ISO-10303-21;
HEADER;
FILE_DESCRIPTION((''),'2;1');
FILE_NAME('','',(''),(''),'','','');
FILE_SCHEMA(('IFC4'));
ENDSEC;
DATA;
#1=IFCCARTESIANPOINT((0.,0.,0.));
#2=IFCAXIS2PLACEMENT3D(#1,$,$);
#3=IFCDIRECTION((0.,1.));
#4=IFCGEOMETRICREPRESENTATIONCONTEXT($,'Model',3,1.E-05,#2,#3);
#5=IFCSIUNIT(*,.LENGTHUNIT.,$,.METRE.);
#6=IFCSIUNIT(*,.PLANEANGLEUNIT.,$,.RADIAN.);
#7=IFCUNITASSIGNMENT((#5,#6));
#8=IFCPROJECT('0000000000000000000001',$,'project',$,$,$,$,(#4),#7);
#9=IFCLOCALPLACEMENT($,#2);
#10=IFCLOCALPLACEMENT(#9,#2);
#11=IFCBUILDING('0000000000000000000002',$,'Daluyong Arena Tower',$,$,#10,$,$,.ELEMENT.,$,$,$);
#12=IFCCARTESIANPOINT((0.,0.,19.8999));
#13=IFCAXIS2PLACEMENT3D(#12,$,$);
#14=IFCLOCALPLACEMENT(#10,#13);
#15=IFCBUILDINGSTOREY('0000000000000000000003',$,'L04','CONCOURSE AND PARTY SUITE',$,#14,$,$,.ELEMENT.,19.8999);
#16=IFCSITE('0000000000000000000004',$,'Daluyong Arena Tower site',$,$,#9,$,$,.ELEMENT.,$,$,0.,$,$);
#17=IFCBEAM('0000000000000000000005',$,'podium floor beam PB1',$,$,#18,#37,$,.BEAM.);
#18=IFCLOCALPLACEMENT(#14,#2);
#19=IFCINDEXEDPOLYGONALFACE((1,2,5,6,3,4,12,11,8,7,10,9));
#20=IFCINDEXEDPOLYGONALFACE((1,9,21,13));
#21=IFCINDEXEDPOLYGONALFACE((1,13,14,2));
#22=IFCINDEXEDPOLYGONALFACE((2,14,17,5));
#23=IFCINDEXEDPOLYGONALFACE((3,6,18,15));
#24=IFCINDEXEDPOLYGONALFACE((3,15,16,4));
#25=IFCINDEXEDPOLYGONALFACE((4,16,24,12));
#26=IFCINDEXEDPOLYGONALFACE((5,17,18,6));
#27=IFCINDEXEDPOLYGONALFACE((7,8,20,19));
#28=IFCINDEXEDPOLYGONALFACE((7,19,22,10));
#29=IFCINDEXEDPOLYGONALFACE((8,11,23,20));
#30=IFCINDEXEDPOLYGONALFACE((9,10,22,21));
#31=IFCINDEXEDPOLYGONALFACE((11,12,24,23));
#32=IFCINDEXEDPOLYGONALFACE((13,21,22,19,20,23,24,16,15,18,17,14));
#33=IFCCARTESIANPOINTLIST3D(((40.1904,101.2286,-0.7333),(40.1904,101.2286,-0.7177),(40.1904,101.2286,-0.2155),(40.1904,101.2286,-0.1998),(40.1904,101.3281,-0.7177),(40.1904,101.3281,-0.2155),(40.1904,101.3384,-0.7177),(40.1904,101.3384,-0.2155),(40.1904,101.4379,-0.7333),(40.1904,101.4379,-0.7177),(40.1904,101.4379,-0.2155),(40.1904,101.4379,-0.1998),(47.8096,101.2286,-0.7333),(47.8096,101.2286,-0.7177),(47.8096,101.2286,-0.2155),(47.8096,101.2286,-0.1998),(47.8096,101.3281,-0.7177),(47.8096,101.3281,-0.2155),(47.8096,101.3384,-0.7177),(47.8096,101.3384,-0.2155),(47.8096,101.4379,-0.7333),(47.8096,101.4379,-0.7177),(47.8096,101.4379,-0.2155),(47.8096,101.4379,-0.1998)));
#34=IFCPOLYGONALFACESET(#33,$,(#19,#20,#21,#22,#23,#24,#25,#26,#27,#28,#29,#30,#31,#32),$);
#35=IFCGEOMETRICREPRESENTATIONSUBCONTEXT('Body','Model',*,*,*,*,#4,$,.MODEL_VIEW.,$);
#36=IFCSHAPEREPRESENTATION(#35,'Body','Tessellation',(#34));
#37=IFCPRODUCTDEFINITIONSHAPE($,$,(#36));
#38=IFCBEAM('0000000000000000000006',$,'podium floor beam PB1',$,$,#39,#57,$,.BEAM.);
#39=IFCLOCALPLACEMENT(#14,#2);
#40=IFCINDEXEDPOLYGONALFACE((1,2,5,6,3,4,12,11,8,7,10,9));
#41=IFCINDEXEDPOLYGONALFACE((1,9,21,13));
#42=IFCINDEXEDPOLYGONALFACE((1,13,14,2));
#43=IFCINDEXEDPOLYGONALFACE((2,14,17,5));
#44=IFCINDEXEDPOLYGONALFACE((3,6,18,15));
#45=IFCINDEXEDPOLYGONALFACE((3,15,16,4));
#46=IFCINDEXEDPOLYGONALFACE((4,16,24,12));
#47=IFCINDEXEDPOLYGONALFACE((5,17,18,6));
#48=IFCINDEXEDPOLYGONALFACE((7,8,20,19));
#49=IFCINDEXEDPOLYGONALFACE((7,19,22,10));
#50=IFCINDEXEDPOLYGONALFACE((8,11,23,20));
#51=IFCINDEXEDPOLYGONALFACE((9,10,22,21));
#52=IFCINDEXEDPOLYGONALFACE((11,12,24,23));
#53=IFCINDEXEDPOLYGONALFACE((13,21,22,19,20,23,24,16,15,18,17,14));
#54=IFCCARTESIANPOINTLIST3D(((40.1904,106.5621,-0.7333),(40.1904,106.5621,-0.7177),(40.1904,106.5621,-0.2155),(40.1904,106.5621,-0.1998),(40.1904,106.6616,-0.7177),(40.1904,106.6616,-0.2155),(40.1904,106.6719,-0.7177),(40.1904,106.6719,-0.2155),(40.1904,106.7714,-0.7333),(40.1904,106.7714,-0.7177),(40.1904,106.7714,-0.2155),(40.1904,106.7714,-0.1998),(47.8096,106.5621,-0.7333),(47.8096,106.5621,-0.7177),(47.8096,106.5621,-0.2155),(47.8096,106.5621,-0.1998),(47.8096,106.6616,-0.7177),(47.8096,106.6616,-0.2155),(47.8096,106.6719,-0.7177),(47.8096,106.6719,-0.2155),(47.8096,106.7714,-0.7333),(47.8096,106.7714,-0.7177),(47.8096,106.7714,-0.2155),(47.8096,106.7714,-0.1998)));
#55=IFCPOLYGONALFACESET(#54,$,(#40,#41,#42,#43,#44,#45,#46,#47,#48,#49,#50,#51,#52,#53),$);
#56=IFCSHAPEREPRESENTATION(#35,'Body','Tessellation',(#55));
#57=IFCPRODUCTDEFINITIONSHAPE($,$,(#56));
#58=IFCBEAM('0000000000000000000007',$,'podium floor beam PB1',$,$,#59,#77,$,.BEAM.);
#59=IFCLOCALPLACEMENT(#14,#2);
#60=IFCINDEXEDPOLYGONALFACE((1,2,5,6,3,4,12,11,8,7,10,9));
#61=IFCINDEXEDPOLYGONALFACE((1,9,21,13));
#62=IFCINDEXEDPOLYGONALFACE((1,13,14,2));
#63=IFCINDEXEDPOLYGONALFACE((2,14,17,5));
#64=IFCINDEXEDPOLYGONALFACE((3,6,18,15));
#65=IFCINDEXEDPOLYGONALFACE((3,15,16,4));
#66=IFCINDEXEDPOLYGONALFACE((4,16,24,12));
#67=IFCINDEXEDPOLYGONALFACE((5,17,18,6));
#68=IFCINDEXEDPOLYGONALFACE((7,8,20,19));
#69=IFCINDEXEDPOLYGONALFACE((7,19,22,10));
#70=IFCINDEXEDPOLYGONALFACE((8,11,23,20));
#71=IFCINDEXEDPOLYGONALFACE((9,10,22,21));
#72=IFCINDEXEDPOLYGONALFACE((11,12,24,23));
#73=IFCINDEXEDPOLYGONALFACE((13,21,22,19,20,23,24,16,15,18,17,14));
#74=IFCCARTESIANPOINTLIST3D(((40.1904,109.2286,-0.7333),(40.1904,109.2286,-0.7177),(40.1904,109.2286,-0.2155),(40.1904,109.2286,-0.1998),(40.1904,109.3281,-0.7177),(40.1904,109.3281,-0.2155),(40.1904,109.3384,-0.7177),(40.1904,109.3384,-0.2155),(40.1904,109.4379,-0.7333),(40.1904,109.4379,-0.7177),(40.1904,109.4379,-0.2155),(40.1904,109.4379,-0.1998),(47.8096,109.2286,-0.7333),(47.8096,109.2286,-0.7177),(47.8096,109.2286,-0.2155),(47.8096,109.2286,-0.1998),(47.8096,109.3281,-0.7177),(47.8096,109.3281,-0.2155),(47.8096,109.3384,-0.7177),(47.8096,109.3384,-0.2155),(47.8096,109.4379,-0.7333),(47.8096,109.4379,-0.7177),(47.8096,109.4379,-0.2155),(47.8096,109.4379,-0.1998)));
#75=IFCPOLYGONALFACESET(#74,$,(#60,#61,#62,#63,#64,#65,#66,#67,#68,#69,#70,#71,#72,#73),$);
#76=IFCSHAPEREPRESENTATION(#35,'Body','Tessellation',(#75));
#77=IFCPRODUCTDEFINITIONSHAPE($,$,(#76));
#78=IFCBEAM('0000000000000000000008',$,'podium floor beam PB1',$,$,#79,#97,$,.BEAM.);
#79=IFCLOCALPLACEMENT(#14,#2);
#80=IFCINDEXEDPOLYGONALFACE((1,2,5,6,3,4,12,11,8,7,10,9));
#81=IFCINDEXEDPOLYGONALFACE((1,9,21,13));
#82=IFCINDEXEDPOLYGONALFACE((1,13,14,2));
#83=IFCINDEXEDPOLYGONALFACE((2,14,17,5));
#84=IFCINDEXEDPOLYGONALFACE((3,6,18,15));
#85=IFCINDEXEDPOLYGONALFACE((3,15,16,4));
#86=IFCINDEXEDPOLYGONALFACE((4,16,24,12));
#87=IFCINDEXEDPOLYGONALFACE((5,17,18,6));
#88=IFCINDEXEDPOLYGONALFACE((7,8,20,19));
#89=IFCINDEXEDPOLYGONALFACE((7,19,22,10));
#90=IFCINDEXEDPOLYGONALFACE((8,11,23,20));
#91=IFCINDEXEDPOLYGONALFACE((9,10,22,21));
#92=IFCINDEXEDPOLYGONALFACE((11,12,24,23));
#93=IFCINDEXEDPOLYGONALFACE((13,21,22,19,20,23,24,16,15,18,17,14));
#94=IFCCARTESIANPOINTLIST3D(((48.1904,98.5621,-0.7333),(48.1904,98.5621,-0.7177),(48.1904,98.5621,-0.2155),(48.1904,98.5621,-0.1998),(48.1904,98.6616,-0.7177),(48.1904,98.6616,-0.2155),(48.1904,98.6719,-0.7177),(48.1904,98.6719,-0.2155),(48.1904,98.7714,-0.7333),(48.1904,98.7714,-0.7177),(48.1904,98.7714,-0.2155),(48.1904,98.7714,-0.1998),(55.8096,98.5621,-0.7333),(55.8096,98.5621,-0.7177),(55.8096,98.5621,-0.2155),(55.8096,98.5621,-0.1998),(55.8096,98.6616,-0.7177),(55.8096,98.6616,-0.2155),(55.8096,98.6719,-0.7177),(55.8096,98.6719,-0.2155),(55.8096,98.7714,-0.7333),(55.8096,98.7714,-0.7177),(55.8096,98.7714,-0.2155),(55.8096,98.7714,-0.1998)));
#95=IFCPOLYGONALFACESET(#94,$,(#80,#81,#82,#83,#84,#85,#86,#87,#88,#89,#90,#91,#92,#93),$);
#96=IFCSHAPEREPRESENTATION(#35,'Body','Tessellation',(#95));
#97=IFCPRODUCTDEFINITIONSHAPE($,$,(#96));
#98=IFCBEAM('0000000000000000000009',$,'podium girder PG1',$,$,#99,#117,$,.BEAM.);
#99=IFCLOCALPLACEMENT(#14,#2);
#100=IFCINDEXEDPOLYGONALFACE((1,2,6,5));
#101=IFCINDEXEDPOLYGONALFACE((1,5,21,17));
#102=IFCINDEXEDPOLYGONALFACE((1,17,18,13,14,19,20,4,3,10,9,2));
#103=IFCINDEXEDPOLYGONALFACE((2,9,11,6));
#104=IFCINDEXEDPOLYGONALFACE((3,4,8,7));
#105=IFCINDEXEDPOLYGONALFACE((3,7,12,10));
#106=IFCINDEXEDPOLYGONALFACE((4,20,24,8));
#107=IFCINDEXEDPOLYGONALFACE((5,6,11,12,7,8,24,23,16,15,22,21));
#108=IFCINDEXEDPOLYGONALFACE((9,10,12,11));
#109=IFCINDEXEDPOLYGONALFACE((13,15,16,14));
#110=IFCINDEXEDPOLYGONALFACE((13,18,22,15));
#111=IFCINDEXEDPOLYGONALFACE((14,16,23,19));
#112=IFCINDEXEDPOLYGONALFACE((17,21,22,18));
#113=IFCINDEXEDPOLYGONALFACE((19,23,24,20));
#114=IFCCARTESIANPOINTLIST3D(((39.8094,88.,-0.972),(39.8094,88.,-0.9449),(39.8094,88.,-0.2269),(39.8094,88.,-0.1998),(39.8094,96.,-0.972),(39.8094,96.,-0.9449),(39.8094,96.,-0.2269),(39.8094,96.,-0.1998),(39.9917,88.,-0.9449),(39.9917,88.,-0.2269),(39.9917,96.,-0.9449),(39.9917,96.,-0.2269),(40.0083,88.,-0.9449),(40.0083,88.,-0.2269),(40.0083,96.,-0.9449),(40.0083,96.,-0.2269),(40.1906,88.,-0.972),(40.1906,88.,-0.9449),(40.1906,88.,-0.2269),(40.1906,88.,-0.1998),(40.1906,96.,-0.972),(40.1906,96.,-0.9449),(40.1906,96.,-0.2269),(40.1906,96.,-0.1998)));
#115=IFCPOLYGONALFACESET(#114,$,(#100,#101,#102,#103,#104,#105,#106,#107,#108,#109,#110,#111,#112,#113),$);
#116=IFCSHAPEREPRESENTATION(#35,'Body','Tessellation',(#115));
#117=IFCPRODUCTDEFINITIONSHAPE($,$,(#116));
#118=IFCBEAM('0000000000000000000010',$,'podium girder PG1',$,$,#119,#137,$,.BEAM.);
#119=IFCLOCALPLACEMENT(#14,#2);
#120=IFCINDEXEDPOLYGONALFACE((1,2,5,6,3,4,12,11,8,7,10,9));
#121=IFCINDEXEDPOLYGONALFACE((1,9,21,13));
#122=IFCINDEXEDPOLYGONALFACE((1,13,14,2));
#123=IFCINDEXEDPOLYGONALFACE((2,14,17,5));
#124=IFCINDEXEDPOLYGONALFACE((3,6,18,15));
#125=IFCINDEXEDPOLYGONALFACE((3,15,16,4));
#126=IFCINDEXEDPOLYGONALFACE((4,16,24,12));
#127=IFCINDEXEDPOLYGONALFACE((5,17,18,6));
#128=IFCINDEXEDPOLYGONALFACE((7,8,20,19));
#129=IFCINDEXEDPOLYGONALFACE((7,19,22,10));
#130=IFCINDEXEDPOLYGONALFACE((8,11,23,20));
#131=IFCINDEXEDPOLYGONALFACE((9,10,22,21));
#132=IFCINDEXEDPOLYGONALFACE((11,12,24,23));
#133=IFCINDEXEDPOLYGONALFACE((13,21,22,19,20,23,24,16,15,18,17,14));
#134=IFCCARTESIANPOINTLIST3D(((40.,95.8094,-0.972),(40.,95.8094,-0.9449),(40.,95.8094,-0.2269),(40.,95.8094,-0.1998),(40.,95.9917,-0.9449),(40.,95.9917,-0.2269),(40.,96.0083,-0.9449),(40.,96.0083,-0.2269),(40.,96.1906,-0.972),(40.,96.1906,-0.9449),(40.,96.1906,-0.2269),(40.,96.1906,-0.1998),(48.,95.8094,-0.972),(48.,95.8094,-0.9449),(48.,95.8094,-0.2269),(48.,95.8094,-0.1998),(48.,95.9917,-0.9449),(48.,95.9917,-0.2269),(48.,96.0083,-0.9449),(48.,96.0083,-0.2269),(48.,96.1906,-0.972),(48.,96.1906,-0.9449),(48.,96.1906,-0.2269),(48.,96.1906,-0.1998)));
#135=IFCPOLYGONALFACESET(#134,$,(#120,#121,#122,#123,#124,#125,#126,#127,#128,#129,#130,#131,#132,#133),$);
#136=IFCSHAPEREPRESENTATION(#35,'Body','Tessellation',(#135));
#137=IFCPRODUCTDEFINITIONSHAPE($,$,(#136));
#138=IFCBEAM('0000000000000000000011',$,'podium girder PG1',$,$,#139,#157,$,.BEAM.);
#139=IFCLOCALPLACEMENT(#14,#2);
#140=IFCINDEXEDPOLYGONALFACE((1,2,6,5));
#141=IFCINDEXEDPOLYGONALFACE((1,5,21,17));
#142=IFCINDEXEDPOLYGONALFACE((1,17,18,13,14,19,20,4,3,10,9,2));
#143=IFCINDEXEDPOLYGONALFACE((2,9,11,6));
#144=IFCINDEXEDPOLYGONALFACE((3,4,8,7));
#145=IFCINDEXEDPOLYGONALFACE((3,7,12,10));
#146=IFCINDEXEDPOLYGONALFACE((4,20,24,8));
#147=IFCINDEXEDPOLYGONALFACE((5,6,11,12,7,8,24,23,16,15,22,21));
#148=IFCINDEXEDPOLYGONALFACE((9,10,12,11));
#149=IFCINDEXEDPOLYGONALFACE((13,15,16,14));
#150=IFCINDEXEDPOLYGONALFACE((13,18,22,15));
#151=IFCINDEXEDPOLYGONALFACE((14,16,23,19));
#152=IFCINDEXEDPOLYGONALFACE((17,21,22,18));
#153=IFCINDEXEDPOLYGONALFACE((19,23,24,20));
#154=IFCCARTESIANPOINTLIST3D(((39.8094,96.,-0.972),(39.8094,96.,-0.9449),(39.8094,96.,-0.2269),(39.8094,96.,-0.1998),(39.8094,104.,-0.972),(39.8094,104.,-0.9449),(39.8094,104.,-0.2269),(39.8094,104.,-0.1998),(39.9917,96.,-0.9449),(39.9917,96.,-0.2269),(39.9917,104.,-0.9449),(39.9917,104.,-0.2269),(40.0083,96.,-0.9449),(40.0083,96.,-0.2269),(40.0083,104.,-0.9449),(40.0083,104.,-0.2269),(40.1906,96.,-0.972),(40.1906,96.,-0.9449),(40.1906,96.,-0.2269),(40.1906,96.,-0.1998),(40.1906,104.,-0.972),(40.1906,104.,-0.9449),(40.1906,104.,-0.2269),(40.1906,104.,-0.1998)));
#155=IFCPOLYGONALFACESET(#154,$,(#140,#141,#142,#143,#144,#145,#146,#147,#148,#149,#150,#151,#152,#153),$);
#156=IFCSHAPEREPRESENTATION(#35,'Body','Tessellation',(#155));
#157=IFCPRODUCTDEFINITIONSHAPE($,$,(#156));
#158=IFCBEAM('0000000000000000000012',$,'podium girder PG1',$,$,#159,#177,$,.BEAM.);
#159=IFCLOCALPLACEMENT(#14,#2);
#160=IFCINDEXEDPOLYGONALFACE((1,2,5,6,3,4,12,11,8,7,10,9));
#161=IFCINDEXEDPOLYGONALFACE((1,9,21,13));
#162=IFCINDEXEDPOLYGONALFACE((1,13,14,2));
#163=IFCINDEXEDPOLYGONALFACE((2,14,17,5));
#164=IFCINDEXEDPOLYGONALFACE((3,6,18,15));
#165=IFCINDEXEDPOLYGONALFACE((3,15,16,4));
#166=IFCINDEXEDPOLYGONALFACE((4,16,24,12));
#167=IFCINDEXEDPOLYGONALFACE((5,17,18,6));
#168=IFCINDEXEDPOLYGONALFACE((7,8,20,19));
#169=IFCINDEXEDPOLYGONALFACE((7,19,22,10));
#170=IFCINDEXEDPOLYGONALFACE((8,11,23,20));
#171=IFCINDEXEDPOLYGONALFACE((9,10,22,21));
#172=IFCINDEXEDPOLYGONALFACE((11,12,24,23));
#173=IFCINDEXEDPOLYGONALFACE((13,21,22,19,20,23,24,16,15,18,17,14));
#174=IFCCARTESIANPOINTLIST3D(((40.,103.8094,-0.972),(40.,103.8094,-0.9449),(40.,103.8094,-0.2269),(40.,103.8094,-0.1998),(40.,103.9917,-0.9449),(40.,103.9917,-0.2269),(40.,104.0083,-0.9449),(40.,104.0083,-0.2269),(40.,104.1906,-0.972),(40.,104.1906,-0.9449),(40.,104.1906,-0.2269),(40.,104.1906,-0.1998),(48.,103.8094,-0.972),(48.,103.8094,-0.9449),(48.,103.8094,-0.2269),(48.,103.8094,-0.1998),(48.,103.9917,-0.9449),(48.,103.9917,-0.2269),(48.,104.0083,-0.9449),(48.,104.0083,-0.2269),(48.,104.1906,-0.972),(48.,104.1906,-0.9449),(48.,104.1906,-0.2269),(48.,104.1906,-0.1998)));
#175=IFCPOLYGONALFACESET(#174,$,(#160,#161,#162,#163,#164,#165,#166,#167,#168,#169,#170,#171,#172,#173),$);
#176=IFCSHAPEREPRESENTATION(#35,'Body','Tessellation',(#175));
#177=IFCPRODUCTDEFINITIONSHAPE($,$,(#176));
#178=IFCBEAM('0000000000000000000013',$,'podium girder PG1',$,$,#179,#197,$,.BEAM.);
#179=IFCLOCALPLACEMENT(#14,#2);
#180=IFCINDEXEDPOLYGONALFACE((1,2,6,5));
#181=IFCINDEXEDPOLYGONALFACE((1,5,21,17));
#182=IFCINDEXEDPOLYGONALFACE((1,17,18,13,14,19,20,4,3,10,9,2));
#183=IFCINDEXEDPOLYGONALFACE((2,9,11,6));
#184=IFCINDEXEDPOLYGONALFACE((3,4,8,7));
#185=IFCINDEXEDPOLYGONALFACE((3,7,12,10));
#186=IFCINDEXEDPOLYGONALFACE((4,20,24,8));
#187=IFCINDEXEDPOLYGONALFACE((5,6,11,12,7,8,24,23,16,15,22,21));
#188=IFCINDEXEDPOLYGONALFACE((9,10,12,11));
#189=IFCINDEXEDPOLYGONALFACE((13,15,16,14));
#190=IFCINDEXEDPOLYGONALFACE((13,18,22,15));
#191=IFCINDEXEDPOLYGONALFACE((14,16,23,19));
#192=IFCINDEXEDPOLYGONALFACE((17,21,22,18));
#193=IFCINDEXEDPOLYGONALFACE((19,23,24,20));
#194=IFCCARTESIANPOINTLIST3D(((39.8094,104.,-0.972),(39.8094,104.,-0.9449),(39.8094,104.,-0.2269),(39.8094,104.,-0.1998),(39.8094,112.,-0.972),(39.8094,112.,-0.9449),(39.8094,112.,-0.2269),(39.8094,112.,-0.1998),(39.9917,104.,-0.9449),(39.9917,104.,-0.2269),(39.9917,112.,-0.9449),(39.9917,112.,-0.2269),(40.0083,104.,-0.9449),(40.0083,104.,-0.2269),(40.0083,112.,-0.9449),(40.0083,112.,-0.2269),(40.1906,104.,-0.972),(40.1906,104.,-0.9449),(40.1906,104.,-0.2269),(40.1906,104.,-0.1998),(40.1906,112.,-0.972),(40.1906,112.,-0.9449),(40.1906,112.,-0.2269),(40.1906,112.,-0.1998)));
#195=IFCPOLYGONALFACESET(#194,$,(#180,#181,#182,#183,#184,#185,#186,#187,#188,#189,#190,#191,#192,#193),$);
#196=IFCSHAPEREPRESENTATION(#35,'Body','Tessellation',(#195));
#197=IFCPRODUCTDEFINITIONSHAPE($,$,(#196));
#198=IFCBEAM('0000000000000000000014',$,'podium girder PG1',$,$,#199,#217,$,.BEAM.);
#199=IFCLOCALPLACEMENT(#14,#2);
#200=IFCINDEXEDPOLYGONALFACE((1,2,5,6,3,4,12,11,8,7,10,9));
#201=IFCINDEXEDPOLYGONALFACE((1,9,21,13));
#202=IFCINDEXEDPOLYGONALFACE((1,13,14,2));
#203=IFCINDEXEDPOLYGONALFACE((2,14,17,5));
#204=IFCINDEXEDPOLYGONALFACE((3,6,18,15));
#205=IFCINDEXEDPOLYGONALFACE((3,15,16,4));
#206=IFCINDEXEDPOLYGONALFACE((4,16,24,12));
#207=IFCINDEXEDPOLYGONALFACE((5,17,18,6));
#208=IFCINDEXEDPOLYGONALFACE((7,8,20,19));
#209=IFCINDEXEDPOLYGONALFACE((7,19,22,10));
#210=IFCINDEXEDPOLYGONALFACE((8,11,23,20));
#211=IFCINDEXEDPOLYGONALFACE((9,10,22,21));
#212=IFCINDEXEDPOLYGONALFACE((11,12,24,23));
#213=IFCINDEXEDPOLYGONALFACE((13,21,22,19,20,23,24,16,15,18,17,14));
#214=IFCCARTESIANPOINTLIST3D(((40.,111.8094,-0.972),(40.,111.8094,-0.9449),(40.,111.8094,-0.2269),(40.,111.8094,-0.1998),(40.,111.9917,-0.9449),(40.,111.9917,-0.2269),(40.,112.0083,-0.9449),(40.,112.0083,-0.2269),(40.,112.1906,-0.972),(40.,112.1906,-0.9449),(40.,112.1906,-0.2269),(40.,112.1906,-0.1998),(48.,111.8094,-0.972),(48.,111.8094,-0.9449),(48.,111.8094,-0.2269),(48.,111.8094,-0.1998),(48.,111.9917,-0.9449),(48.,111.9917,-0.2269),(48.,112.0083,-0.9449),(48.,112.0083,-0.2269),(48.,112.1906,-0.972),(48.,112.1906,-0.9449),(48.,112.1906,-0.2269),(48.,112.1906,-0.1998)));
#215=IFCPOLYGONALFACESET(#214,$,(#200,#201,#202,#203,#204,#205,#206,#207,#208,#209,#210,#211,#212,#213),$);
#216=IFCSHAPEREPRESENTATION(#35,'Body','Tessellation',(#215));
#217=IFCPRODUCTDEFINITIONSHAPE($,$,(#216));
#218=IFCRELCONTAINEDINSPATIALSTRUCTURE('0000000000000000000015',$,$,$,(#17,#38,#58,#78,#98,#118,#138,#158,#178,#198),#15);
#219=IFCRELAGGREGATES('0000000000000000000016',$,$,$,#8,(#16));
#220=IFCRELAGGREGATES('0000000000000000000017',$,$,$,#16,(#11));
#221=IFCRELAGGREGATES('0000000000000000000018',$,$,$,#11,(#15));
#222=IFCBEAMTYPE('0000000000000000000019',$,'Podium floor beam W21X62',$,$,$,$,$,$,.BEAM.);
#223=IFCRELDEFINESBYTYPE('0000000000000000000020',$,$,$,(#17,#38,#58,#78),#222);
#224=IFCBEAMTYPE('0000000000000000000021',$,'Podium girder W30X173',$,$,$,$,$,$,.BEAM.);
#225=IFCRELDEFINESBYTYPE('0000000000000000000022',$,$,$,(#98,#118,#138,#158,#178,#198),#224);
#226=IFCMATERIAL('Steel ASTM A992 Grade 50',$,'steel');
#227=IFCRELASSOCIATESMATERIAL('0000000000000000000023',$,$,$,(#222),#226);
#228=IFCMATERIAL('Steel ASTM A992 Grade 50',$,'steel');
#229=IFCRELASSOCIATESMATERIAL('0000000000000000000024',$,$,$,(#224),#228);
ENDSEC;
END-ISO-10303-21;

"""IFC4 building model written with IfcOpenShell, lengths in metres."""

from ifc_helpers import new_model, si_unit, direction, frame, origin, origin_2d, place, context, subcontext, project, spatial, i_section, extrude, material, material_profile, profile_set, type_object, element, save


model = new_model("IFC4")

# Units and contexts
model_context = context("Model", 3, precision=1e-05, world=origin(), true_north=direction((0.0, 1.0)))
body_context = subcontext(model_context, "Body", "Model", "MODEL_VIEW")
ifc_project = project(units=[si_unit("LENGTHUNIT", "METRE"), si_unit("PLANEANGLEUNIT", "RADIAN")], contexts=[model_context])

# Site, building, storey
site_placement = place(None, origin())
site = spatial("IfcSite", under=ifc_project, at=site_placement, Name="Daluyong Arena Tower site", CompositionType="ELEMENT", RefElevation=0.0)
building_placement = place(site_placement, origin())
building = spatial("IfcBuilding", under=site, at=building_placement, Name="Daluyong Arena Tower", CompositionType="ELEMENT")
storey_placement = place(building_placement, frame((0.0, 0.0, 19.8999)))
storey = spatial("IfcBuildingStorey", under=building, at=storey_placement, Name="L04", Description="CONCOURSE AND PARTY SUITE", CompositionType="ELEMENT", Elevation=19.8999)

# Beams
ifc_material_1 = material(Name="Steel ASTM A992 Grade 50", Category="steel")
ifc_material_profile_1 = material_profile(ifc_material_1, i_section(OverallWidth=0.2092, OverallDepth=0.5334, WebThickness=0.0103, FlangeThickness=0.0156, at=origin_2d()))
ifc_profile_set_1 = profile_set([ifc_material_profile_1], Name="Steel ASTM A992 Grade 50")
beam_type_1 = type_object("IfcBeamType", Name="Podium floor beam W21X62", PredefinedType="BEAM", material=ifc_profile_set_1)
for number, where, z_axis, x_axis, name in (
    (1, (40.1904, 101.3333, -0.4666), (1.0, 0.0, 0.0), (0.0, 1.0, 0.0), "podium floor beam PB1"),
    (2, (40.1904, 106.6667, -0.4666), (1.0, 0.0, 0.0), (0.0, 1.0, 0.0), "podium floor beam PB1"),
    (3, (40.1904, 109.3333, -0.4666), (1.0, 0.0, 0.0), (0.0, 1.0, 0.0), "podium floor beam PB1"),
    (4, (48.1904, 98.6667, -0.4666), (1.0, 0.0, 0.0), (0.0, 1.0, 0.0), "podium floor beam PB1"),
):
    element("IfcBeam", number, at=place(storey_placement, frame(where, z_axis=z_axis, x_axis=x_axis)), inside=storey, type_object=beam_type_1, Name=name, PredefinedType="BEAM", context=body_context, shape_type="SweptSolid", body=[
        extrude(i_section(OverallWidth=0.2092, OverallDepth=0.5334, WebThickness=0.0103, FlangeThickness=0.0156, at=origin_2d()), origin(), (0.0, 0.0, 1.0), 7.6191),
    ])
ifc_material_2 = material(Name="Steel ASTM A992 Grade 50", Category="steel")
ifc_material_profile_2 = material_profile(ifc_material_2, i_section(OverallWidth=0.3811, OverallDepth=0.7722, WebThickness=0.0166, FlangeThickness=0.0271, at=origin_2d()))
ifc_profile_set_2 = profile_set([ifc_material_profile_2], Name="Steel ASTM A992 Grade 50")
beam_type_2 = type_object("IfcBeamType", Name="Podium girder W30X173", PredefinedType="BEAM", material=ifc_profile_set_2)
for number, where, z_axis, x_axis, name in (
    (5, (40.0, 88.0, -0.5859), (0.0, 1.0, 0.0), (-1.0, 0.0, 0.0), "podium girder PG1"),
    (6, (40.0, 96.0, -0.5859), (1.0, 0.0, 0.0), (0.0, 1.0, 0.0), "podium girder PG1"),
    (7, (40.0, 96.0, -0.5859), (0.0, 1.0, 0.0), (-1.0, 0.0, 0.0), "podium girder PG1"),
    (8, (40.0, 104.0, -0.5859), (1.0, 0.0, 0.0), (0.0, 1.0, 0.0), "podium girder PG1"),
    (9, (40.0, 104.0, -0.5859), (0.0, 1.0, 0.0), (-1.0, 0.0, 0.0), "podium girder PG1"),
    (10, (40.0, 112.0, -0.5859), (1.0, 0.0, 0.0), (0.0, 1.0, 0.0), "podium girder PG1"),
):
    element("IfcBeam", number, at=place(storey_placement, frame(where, z_axis=z_axis, x_axis=x_axis)), inside=storey, type_object=beam_type_2, Name=name, PredefinedType="BEAM", context=body_context, shape_type="SweptSolid", body=[
        extrude(i_section(OverallWidth=0.3811, OverallDepth=0.7722, WebThickness=0.0166, FlangeThickness=0.0271, at=origin_2d()), origin(), (0.0, 0.0, 1.0), 8.0),
    ])

save(model, "model.ifc")
